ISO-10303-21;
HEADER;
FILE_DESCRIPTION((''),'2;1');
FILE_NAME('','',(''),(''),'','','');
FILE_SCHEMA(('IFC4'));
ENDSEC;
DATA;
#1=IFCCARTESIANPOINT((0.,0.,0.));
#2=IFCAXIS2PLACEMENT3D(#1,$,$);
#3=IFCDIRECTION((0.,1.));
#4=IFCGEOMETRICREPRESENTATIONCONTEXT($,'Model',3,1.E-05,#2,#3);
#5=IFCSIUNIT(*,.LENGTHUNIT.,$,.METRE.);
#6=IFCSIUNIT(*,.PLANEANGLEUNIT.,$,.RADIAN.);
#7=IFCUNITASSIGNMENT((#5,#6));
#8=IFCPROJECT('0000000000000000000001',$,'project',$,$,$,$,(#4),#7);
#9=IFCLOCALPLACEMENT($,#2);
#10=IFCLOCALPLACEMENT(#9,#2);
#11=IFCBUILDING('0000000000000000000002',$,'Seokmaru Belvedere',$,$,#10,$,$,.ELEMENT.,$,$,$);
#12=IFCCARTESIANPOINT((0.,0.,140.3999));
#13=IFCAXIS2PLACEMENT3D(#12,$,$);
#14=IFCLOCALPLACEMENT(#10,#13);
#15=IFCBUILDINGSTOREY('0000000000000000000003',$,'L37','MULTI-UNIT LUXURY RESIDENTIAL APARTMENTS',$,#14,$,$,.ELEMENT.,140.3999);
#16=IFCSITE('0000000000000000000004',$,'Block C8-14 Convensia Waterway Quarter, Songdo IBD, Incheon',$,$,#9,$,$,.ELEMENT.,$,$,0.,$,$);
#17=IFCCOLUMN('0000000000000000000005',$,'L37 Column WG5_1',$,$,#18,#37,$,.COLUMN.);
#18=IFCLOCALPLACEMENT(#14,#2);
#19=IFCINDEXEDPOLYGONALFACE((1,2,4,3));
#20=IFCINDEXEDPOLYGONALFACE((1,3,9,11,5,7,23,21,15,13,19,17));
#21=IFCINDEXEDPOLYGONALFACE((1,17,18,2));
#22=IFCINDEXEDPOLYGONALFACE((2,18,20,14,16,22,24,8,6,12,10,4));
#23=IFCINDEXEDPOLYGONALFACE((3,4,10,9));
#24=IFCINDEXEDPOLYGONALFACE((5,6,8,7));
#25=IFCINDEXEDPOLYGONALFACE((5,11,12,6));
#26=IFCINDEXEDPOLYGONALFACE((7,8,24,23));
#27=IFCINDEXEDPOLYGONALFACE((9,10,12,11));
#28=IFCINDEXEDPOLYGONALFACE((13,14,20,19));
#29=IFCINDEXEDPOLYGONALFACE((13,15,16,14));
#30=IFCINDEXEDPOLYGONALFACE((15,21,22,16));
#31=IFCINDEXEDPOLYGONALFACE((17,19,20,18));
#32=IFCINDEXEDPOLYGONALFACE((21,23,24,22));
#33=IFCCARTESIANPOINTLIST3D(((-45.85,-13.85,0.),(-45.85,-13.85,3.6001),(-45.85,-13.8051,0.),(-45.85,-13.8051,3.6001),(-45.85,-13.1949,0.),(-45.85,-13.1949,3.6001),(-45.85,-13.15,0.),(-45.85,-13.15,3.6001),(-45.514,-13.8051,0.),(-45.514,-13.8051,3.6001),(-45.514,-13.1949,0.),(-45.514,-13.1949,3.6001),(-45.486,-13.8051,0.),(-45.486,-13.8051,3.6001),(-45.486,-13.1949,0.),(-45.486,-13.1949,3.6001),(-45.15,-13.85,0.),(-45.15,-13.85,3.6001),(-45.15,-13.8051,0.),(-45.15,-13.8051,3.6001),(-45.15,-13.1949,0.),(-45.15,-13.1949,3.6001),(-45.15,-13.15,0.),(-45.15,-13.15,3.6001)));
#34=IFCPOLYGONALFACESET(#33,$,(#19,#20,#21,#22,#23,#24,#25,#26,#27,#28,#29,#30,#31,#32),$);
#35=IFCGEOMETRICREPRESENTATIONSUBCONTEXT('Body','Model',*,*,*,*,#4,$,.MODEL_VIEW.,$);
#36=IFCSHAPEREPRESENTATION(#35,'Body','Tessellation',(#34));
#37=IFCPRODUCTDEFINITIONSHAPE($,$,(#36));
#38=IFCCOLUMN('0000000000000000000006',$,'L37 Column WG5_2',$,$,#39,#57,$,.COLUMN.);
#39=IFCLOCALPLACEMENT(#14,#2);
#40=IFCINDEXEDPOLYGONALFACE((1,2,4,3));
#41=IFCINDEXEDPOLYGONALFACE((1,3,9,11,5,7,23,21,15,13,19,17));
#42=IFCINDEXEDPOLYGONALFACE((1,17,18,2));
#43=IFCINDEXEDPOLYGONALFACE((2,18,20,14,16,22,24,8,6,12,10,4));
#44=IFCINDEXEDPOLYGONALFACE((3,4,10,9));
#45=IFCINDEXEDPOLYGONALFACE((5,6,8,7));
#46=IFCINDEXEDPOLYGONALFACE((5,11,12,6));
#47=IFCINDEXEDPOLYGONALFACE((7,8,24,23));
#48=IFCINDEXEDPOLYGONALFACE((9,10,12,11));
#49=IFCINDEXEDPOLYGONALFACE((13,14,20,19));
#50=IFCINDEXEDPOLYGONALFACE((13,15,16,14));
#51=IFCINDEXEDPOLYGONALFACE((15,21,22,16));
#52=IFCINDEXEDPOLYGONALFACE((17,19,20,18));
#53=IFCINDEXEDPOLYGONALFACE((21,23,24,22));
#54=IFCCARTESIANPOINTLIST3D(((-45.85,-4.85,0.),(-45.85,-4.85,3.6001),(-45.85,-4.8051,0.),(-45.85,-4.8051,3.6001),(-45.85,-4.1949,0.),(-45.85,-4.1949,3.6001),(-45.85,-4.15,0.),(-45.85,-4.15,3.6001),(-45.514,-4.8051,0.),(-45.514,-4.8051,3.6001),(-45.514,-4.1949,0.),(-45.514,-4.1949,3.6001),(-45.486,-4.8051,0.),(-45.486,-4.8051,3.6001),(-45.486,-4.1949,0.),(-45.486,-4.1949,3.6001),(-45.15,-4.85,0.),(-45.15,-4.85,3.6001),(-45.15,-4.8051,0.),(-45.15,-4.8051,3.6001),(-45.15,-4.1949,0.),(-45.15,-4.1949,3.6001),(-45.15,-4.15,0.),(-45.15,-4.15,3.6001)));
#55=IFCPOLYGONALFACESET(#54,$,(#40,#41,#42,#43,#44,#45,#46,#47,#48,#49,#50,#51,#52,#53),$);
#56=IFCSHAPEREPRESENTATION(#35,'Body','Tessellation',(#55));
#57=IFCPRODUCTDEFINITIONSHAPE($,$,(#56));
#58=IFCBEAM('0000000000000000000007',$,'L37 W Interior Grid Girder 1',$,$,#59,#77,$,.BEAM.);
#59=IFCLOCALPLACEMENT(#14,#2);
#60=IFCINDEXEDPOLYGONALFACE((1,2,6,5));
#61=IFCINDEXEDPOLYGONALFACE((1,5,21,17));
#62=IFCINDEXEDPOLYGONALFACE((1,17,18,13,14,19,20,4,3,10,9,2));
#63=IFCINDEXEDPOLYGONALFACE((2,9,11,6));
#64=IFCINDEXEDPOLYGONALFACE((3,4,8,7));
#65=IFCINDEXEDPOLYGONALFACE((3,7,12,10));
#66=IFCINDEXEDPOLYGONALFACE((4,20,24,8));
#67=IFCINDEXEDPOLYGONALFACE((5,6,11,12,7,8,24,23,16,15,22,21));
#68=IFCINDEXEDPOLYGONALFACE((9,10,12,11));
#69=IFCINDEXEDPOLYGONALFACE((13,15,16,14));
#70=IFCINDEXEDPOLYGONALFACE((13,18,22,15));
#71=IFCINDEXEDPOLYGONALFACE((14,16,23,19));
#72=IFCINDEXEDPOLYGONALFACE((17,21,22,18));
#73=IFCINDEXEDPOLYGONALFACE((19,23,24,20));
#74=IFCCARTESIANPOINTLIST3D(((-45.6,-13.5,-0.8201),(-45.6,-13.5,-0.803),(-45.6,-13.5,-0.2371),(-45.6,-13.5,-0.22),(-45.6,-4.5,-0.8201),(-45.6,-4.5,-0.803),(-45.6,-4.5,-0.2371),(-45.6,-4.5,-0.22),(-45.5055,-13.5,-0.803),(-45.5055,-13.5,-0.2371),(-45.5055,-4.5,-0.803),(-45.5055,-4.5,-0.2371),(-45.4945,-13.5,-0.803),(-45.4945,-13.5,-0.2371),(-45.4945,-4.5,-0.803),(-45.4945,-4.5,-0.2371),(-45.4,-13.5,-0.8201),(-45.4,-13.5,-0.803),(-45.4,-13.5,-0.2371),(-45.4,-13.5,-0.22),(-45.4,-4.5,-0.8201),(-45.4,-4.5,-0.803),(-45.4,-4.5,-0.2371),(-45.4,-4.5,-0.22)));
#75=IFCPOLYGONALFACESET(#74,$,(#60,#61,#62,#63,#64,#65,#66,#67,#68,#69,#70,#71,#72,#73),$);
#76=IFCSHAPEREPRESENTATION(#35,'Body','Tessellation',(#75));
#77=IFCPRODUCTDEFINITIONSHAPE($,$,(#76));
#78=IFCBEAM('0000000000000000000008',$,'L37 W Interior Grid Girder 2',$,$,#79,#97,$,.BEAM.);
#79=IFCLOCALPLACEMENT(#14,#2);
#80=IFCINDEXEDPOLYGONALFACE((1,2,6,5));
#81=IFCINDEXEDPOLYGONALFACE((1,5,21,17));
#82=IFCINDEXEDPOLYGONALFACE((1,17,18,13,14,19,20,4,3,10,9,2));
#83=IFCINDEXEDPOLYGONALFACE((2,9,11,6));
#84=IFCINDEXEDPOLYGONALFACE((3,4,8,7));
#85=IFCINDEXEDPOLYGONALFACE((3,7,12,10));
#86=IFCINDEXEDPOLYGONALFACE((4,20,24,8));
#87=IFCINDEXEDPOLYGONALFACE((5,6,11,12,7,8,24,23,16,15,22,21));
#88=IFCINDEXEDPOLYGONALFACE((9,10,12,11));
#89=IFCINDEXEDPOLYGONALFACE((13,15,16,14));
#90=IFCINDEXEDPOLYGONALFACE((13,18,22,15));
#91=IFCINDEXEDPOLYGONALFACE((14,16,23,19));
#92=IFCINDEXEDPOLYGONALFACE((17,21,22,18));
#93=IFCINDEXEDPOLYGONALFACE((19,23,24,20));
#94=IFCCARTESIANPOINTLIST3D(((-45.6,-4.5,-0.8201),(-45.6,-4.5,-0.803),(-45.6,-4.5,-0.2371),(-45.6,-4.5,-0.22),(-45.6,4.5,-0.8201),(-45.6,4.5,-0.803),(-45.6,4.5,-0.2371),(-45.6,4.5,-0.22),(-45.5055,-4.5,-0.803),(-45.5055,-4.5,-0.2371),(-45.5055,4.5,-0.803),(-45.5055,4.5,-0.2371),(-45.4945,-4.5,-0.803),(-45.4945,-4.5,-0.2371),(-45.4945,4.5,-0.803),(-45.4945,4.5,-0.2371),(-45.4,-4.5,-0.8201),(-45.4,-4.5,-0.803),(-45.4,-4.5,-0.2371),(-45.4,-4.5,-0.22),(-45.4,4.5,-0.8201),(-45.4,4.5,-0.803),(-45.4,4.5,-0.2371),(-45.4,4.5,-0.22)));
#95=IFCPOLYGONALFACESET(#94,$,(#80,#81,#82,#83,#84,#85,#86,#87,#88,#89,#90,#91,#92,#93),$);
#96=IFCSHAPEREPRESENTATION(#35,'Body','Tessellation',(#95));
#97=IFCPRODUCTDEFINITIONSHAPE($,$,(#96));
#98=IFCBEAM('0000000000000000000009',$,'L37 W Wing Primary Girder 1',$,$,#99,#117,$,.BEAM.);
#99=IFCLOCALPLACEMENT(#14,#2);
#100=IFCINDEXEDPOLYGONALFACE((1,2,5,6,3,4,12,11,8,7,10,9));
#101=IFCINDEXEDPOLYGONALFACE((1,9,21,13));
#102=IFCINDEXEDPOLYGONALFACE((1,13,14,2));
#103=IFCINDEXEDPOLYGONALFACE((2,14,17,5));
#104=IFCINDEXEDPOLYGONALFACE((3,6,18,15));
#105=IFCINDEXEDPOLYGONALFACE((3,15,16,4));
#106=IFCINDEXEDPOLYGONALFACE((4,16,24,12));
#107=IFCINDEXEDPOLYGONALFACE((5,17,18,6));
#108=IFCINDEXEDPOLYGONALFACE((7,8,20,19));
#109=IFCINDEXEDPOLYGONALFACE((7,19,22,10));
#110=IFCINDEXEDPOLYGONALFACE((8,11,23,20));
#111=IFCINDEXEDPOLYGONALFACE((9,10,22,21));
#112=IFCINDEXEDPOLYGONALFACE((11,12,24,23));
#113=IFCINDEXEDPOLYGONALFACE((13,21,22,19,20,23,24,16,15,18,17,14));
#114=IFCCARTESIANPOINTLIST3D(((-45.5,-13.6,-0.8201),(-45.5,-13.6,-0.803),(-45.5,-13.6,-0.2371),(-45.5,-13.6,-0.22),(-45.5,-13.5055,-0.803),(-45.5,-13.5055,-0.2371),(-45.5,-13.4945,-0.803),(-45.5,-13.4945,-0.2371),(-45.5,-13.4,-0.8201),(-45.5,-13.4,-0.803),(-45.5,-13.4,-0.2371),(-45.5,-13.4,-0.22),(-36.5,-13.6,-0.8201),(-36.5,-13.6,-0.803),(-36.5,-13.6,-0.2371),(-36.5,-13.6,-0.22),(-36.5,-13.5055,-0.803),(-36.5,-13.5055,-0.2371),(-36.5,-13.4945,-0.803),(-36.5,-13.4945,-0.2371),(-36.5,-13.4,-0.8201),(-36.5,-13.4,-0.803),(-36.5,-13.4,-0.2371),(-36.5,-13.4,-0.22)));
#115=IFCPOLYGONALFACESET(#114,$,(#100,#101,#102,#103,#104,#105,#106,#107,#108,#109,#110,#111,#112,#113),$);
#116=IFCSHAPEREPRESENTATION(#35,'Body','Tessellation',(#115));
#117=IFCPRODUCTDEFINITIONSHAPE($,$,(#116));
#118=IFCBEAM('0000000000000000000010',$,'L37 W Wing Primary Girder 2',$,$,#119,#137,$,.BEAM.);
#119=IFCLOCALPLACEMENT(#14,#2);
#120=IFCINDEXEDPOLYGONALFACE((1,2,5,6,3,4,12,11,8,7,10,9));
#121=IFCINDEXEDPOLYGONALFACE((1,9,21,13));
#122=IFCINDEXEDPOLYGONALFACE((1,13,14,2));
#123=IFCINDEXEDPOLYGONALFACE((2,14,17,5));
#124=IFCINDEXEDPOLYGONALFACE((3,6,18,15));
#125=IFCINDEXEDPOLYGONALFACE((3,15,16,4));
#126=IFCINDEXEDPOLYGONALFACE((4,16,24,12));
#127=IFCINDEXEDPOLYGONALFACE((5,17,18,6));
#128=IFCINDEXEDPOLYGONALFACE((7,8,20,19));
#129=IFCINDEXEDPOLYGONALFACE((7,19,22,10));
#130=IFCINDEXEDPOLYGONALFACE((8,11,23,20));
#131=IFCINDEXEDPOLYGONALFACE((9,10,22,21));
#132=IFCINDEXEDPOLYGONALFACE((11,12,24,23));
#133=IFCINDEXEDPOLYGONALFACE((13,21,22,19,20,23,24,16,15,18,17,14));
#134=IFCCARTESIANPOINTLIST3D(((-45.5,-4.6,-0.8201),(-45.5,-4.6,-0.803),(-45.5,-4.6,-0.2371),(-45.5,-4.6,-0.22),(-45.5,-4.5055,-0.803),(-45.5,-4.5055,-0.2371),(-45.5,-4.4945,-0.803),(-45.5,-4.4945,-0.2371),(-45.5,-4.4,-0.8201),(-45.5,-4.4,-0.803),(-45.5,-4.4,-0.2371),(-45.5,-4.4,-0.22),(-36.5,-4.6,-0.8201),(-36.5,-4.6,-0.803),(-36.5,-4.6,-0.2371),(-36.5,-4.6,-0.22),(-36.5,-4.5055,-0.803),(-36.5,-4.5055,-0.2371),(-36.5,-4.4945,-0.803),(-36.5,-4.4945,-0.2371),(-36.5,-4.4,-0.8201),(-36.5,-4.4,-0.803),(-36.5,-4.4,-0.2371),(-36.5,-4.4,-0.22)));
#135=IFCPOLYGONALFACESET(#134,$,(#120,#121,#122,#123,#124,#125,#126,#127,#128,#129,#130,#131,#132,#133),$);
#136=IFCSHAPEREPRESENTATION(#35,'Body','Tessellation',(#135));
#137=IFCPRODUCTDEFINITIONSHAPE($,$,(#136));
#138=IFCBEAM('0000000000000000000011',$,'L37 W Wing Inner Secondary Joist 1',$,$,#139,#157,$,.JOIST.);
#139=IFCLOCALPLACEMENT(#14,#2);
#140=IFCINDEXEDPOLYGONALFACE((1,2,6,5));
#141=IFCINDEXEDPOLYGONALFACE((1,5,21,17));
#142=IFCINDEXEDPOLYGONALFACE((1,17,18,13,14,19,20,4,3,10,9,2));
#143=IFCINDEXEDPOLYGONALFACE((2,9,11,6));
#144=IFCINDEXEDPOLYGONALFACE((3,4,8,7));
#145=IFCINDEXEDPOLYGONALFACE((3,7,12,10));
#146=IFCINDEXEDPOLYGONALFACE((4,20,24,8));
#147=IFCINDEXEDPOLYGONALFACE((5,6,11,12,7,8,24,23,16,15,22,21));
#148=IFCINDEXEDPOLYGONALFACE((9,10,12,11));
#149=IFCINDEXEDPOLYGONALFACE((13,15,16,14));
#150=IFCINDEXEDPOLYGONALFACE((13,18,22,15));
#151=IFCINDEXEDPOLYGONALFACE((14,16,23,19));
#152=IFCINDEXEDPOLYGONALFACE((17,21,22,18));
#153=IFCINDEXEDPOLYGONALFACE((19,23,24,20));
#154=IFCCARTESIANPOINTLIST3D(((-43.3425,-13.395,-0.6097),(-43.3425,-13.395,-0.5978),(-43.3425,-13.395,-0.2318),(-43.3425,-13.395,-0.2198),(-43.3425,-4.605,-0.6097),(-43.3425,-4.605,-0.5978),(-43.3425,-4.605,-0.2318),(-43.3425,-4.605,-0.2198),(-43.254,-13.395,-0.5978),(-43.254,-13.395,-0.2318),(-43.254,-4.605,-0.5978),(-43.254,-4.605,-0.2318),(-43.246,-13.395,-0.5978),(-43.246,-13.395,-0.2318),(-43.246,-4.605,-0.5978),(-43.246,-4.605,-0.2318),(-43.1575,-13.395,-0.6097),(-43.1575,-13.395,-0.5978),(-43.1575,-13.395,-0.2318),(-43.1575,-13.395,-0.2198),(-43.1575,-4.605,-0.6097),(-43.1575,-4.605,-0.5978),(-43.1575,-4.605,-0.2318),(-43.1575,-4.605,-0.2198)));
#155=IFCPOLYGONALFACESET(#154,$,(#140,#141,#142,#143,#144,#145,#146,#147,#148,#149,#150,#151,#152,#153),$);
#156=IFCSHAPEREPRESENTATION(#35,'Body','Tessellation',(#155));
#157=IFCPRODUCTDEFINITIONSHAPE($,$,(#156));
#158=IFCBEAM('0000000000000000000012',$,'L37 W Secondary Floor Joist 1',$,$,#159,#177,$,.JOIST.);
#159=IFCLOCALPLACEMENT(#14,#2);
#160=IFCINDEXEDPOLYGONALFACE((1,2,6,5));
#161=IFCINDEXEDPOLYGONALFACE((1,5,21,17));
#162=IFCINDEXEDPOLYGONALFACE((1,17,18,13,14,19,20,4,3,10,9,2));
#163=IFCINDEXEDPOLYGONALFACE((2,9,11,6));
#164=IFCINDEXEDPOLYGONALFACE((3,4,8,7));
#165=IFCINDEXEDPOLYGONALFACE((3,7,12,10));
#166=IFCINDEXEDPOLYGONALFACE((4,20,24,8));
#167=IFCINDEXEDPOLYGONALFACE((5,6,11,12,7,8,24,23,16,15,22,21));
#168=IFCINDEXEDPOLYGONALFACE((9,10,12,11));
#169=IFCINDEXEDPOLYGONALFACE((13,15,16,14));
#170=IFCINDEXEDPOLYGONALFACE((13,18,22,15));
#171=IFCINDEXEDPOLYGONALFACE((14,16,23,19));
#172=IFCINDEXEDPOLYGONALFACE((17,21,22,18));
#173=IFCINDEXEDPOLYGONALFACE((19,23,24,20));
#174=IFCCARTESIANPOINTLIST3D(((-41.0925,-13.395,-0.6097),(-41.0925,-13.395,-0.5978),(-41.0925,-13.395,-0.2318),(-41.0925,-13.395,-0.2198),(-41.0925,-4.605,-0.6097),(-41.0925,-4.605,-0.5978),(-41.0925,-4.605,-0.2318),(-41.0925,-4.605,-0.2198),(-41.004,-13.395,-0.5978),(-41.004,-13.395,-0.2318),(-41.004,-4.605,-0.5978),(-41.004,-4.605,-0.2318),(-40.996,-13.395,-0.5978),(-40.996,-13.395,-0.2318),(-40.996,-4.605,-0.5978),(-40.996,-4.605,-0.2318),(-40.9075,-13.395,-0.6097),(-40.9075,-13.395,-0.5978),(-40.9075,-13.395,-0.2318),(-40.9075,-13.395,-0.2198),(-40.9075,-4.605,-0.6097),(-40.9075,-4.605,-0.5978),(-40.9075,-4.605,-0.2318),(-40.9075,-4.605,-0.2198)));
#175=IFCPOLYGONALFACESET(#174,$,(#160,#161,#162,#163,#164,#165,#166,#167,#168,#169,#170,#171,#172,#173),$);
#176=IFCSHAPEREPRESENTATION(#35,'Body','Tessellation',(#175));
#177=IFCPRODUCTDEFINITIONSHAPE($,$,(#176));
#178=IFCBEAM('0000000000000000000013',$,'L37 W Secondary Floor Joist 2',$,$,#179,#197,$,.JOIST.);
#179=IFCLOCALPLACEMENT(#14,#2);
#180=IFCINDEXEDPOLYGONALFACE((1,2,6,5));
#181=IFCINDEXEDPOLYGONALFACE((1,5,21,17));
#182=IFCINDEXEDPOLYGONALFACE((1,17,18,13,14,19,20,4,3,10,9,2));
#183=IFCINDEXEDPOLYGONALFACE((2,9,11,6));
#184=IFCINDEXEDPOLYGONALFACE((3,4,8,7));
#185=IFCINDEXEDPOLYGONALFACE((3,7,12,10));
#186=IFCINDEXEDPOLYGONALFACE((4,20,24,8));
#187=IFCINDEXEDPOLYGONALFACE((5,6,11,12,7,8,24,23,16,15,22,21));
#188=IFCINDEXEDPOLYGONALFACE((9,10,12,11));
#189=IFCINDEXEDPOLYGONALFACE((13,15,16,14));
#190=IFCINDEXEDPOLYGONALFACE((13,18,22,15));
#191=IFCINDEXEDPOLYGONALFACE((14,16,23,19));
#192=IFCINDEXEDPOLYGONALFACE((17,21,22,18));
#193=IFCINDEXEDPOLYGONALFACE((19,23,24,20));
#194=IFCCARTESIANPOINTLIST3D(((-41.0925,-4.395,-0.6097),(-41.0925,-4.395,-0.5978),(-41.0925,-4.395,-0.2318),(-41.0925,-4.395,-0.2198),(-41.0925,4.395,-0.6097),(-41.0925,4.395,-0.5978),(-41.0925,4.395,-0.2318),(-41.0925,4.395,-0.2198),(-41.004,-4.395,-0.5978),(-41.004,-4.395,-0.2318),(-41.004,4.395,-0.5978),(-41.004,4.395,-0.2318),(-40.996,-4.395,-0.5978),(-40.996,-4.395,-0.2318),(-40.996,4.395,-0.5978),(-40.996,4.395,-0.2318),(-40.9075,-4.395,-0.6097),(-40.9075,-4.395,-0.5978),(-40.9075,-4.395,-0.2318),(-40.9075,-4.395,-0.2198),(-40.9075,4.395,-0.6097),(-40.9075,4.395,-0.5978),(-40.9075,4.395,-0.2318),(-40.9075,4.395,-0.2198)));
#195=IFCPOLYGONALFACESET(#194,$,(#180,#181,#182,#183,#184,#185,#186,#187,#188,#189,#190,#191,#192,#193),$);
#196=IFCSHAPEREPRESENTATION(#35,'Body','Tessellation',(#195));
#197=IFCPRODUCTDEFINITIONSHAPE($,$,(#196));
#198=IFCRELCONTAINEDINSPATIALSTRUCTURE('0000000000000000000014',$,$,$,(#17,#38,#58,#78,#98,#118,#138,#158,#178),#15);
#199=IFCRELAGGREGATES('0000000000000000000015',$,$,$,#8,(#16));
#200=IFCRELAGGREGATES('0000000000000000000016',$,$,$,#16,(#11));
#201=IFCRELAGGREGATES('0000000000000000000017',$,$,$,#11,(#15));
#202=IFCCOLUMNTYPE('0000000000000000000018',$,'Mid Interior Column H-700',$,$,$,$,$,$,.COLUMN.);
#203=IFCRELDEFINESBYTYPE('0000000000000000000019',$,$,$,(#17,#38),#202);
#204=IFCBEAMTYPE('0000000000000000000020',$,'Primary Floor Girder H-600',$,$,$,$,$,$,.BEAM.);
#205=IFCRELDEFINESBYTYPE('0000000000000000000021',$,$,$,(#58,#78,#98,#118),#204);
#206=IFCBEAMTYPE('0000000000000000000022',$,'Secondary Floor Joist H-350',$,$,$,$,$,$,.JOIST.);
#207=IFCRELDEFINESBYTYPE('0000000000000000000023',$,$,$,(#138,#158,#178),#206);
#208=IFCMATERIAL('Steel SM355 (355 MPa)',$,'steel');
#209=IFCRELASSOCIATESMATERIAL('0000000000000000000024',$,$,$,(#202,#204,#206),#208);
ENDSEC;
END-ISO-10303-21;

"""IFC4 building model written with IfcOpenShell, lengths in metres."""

from ifc_helpers import new_model, si_unit, direction, frame, origin, origin_2d, place, context, subcontext, project, spatial, i_section, extrude, source, transform, mapped, material, material_profile, profile_set, type_object, type_shapes, element, save


model = new_model("IFC4")

# Units and contexts
model_context = context("Model", 3, precision=1e-05, world=origin(), true_north=direction((0.0, 1.0)))
body_context = subcontext(model_context, "Body", "Model", "MODEL_VIEW")
ifc_project = project(units=[si_unit("LENGTHUNIT", "METRE"), si_unit("PLANEANGLEUNIT", "RADIAN")], contexts=[model_context])

# Site, building, storey
site_placement = place(None, origin())
site = spatial("IfcSite", under=ifc_project, at=site_placement, Name="Block C8-14 Convensia Waterway Quarter, Songdo IBD, Incheon", CompositionType="ELEMENT", RefElevation=0.0)
building_placement = place(site_placement, origin())
building = spatial("IfcBuilding", under=site, at=building_placement, Name="Seokmaru Belvedere", CompositionType="ELEMENT")
storey_placement = place(building_placement, frame((0.0, 0.0, 140.3999)))
storey = spatial("IfcBuildingStorey", under=building, at=storey_placement, Name="L37", Description="MULTI-UNIT LUXURY RESIDENTIAL APARTMENTS", CompositionType="ELEMENT", Elevation=140.3999)

# Columns
ifc_material_1 = material(Name="Steel SM355 (355 MPa)", Category="steel")
ifc_material_profile_1 = material_profile(ifc_material_1, i_section(OverallWidth=0.7, OverallDepth=0.7, WebThickness=0.0281, FlangeThickness=0.0449, at=origin_2d()), Name="H-700x700x28x45")
ifc_profile_set_1 = profile_set([ifc_material_profile_1], Name="Steel SM355 (355 MPa)")
column_type = type_object("IfcColumnType", Name="Mid Interior Column H-700", PredefinedType="COLUMN", material=ifc_profile_set_1)
shared_shape_1 = source(origin(), body_context, "Body", "SweptSolid", [
    extrude(i_section(OverallWidth=0.7, OverallDepth=0.7, WebThickness=0.0281, FlangeThickness=0.0449, at=origin_2d()), origin(), (0.0, 0.0, 1.0), 3.6001),
])
type_shapes(column_type, [shared_shape_1])
for number, where, z_axis, x_axis, name in (
    (1, (-45.5, -13.5, 0.0), (0.0, 0.0, 1.0), (1.0, 0.0, 0.0), "L37 Column WG5_1"),
    (2, (-45.5, -4.5, 0.0), (0.0, 0.0, 1.0), (1.0, 0.0, 0.0), "L37 Column WG5_2"),
):
    element("IfcColumn", number, at=place(storey_placement, frame(where, z_axis=z_axis, x_axis=x_axis)), inside=storey, type_object=column_type, Name=name, PredefinedType="COLUMN", context=body_context, shape_type="MappedRepresentation", body=[
        mapped(shared_shape_1, transform((0.0, 0.0, 0.0), scale=1.0)),
    ])

# Beams
ifc_material_profile_2 = material_profile(ifc_material_1, i_section(OverallWidth=0.2, OverallDepth=0.6001, WebThickness=0.011, FlangeThickness=0.0171, at=origin_2d()), Name="H-600x200x11x17")
ifc_profile_set_2 = profile_set([ifc_material_profile_2], Name="Steel SM355 (355 MPa)")
beam_type_1 = type_object("IfcBeamType", Name="Primary Floor Girder H-600", PredefinedType="BEAM", material=ifc_profile_set_2)
shared_shape_2 = source(origin(), body_context, "Body", "SweptSolid", [
    extrude(i_section(OverallWidth=0.2, OverallDepth=0.6001, WebThickness=0.011, FlangeThickness=0.0171, at=origin_2d()), origin(), (0.0, 0.0, 1.0), 9.0),
])
type_shapes(beam_type_1, [shared_shape_2])
for number, where, z_axis, x_axis, name in (
    (3, (-45.5, -13.5, -0.52), (0.0, 1.0, 0.0), (-1.0, 0.0, 0.0), "L37 W Interior Grid Girder 1"),
    (4, (-45.5, -4.5, -0.52), (0.0, 1.0, 0.0), (-1.0, 0.0, 0.0), "L37 W Interior Grid Girder 2"),
    (5, (-45.5, -13.5, -0.52), (1.0, 0.0, 0.0), (0.0, 1.0, 0.0), "L37 W Wing Primary Girder 1"),
    (6, (-45.5, -4.5, -0.52), (1.0, 0.0, 0.0), (0.0, 1.0, 0.0), "L37 W Wing Primary Girder 2"),
):
    element("IfcBeam", number, at=place(storey_placement, frame(where, z_axis=z_axis, x_axis=x_axis)), inside=storey, type_object=beam_type_1, Name=name, PredefinedType="BEAM", context=body_context, shape_type="MappedRepresentation", body=[
        mapped(shared_shape_2, transform((0.0, 0.0, 0.0), scale=1.0)),
    ])
ifc_material_profile_3 = material_profile(ifc_material_1, i_section(OverallWidth=0.1851, OverallDepth=0.3899, WebThickness=0.0081, FlangeThickness=0.012, at=origin_2d()), Name="H-390x185x8x12")
ifc_profile_set_3 = profile_set([ifc_material_profile_3], Name="Steel SM355 (355 MPa)")
beam_type_2 = type_object("IfcBeamType", Name="Secondary Floor Joist H-350", PredefinedType="JOIST", material=ifc_profile_set_3)
shared_shape_3 = source(origin(), body_context, "Body", "SweptSolid", [
    extrude(i_section(OverallWidth=0.1851, OverallDepth=0.3899, WebThickness=0.0081, FlangeThickness=0.012, at=origin_2d()), origin(), (0.0, 0.0, 1.0), 8.79),
])
type_shapes(beam_type_2, [shared_shape_3])
for number, where, z_axis, x_axis, name in (
    (7, (-43.25, -13.395, -0.4148), (0.0, 1.0, 0.0), (-1.0, 0.0, 0.0), "L37 W Wing Inner Secondary Joist 1"),
    (8, (-41.0, -13.395, -0.4148), (0.0, 1.0, 0.0), (-1.0, 0.0, 0.0), "L37 W Secondary Floor Joist 1"),
    (9, (-41.0, -4.395, -0.4148), (0.0, 1.0, 0.0), (-1.0, 0.0, 0.0), "L37 W Secondary Floor Joist 2"),
):
    element("IfcBeam", number, at=place(storey_placement, frame(where, z_axis=z_axis, x_axis=x_axis)), inside=storey, type_object=beam_type_2, Name=name, PredefinedType="JOIST", context=body_context, shape_type="MappedRepresentation", body=[
        mapped(shared_shape_3, transform((0.0, 0.0, 0.0), scale=1.0)),
    ])

save(model, "model.ifc")
